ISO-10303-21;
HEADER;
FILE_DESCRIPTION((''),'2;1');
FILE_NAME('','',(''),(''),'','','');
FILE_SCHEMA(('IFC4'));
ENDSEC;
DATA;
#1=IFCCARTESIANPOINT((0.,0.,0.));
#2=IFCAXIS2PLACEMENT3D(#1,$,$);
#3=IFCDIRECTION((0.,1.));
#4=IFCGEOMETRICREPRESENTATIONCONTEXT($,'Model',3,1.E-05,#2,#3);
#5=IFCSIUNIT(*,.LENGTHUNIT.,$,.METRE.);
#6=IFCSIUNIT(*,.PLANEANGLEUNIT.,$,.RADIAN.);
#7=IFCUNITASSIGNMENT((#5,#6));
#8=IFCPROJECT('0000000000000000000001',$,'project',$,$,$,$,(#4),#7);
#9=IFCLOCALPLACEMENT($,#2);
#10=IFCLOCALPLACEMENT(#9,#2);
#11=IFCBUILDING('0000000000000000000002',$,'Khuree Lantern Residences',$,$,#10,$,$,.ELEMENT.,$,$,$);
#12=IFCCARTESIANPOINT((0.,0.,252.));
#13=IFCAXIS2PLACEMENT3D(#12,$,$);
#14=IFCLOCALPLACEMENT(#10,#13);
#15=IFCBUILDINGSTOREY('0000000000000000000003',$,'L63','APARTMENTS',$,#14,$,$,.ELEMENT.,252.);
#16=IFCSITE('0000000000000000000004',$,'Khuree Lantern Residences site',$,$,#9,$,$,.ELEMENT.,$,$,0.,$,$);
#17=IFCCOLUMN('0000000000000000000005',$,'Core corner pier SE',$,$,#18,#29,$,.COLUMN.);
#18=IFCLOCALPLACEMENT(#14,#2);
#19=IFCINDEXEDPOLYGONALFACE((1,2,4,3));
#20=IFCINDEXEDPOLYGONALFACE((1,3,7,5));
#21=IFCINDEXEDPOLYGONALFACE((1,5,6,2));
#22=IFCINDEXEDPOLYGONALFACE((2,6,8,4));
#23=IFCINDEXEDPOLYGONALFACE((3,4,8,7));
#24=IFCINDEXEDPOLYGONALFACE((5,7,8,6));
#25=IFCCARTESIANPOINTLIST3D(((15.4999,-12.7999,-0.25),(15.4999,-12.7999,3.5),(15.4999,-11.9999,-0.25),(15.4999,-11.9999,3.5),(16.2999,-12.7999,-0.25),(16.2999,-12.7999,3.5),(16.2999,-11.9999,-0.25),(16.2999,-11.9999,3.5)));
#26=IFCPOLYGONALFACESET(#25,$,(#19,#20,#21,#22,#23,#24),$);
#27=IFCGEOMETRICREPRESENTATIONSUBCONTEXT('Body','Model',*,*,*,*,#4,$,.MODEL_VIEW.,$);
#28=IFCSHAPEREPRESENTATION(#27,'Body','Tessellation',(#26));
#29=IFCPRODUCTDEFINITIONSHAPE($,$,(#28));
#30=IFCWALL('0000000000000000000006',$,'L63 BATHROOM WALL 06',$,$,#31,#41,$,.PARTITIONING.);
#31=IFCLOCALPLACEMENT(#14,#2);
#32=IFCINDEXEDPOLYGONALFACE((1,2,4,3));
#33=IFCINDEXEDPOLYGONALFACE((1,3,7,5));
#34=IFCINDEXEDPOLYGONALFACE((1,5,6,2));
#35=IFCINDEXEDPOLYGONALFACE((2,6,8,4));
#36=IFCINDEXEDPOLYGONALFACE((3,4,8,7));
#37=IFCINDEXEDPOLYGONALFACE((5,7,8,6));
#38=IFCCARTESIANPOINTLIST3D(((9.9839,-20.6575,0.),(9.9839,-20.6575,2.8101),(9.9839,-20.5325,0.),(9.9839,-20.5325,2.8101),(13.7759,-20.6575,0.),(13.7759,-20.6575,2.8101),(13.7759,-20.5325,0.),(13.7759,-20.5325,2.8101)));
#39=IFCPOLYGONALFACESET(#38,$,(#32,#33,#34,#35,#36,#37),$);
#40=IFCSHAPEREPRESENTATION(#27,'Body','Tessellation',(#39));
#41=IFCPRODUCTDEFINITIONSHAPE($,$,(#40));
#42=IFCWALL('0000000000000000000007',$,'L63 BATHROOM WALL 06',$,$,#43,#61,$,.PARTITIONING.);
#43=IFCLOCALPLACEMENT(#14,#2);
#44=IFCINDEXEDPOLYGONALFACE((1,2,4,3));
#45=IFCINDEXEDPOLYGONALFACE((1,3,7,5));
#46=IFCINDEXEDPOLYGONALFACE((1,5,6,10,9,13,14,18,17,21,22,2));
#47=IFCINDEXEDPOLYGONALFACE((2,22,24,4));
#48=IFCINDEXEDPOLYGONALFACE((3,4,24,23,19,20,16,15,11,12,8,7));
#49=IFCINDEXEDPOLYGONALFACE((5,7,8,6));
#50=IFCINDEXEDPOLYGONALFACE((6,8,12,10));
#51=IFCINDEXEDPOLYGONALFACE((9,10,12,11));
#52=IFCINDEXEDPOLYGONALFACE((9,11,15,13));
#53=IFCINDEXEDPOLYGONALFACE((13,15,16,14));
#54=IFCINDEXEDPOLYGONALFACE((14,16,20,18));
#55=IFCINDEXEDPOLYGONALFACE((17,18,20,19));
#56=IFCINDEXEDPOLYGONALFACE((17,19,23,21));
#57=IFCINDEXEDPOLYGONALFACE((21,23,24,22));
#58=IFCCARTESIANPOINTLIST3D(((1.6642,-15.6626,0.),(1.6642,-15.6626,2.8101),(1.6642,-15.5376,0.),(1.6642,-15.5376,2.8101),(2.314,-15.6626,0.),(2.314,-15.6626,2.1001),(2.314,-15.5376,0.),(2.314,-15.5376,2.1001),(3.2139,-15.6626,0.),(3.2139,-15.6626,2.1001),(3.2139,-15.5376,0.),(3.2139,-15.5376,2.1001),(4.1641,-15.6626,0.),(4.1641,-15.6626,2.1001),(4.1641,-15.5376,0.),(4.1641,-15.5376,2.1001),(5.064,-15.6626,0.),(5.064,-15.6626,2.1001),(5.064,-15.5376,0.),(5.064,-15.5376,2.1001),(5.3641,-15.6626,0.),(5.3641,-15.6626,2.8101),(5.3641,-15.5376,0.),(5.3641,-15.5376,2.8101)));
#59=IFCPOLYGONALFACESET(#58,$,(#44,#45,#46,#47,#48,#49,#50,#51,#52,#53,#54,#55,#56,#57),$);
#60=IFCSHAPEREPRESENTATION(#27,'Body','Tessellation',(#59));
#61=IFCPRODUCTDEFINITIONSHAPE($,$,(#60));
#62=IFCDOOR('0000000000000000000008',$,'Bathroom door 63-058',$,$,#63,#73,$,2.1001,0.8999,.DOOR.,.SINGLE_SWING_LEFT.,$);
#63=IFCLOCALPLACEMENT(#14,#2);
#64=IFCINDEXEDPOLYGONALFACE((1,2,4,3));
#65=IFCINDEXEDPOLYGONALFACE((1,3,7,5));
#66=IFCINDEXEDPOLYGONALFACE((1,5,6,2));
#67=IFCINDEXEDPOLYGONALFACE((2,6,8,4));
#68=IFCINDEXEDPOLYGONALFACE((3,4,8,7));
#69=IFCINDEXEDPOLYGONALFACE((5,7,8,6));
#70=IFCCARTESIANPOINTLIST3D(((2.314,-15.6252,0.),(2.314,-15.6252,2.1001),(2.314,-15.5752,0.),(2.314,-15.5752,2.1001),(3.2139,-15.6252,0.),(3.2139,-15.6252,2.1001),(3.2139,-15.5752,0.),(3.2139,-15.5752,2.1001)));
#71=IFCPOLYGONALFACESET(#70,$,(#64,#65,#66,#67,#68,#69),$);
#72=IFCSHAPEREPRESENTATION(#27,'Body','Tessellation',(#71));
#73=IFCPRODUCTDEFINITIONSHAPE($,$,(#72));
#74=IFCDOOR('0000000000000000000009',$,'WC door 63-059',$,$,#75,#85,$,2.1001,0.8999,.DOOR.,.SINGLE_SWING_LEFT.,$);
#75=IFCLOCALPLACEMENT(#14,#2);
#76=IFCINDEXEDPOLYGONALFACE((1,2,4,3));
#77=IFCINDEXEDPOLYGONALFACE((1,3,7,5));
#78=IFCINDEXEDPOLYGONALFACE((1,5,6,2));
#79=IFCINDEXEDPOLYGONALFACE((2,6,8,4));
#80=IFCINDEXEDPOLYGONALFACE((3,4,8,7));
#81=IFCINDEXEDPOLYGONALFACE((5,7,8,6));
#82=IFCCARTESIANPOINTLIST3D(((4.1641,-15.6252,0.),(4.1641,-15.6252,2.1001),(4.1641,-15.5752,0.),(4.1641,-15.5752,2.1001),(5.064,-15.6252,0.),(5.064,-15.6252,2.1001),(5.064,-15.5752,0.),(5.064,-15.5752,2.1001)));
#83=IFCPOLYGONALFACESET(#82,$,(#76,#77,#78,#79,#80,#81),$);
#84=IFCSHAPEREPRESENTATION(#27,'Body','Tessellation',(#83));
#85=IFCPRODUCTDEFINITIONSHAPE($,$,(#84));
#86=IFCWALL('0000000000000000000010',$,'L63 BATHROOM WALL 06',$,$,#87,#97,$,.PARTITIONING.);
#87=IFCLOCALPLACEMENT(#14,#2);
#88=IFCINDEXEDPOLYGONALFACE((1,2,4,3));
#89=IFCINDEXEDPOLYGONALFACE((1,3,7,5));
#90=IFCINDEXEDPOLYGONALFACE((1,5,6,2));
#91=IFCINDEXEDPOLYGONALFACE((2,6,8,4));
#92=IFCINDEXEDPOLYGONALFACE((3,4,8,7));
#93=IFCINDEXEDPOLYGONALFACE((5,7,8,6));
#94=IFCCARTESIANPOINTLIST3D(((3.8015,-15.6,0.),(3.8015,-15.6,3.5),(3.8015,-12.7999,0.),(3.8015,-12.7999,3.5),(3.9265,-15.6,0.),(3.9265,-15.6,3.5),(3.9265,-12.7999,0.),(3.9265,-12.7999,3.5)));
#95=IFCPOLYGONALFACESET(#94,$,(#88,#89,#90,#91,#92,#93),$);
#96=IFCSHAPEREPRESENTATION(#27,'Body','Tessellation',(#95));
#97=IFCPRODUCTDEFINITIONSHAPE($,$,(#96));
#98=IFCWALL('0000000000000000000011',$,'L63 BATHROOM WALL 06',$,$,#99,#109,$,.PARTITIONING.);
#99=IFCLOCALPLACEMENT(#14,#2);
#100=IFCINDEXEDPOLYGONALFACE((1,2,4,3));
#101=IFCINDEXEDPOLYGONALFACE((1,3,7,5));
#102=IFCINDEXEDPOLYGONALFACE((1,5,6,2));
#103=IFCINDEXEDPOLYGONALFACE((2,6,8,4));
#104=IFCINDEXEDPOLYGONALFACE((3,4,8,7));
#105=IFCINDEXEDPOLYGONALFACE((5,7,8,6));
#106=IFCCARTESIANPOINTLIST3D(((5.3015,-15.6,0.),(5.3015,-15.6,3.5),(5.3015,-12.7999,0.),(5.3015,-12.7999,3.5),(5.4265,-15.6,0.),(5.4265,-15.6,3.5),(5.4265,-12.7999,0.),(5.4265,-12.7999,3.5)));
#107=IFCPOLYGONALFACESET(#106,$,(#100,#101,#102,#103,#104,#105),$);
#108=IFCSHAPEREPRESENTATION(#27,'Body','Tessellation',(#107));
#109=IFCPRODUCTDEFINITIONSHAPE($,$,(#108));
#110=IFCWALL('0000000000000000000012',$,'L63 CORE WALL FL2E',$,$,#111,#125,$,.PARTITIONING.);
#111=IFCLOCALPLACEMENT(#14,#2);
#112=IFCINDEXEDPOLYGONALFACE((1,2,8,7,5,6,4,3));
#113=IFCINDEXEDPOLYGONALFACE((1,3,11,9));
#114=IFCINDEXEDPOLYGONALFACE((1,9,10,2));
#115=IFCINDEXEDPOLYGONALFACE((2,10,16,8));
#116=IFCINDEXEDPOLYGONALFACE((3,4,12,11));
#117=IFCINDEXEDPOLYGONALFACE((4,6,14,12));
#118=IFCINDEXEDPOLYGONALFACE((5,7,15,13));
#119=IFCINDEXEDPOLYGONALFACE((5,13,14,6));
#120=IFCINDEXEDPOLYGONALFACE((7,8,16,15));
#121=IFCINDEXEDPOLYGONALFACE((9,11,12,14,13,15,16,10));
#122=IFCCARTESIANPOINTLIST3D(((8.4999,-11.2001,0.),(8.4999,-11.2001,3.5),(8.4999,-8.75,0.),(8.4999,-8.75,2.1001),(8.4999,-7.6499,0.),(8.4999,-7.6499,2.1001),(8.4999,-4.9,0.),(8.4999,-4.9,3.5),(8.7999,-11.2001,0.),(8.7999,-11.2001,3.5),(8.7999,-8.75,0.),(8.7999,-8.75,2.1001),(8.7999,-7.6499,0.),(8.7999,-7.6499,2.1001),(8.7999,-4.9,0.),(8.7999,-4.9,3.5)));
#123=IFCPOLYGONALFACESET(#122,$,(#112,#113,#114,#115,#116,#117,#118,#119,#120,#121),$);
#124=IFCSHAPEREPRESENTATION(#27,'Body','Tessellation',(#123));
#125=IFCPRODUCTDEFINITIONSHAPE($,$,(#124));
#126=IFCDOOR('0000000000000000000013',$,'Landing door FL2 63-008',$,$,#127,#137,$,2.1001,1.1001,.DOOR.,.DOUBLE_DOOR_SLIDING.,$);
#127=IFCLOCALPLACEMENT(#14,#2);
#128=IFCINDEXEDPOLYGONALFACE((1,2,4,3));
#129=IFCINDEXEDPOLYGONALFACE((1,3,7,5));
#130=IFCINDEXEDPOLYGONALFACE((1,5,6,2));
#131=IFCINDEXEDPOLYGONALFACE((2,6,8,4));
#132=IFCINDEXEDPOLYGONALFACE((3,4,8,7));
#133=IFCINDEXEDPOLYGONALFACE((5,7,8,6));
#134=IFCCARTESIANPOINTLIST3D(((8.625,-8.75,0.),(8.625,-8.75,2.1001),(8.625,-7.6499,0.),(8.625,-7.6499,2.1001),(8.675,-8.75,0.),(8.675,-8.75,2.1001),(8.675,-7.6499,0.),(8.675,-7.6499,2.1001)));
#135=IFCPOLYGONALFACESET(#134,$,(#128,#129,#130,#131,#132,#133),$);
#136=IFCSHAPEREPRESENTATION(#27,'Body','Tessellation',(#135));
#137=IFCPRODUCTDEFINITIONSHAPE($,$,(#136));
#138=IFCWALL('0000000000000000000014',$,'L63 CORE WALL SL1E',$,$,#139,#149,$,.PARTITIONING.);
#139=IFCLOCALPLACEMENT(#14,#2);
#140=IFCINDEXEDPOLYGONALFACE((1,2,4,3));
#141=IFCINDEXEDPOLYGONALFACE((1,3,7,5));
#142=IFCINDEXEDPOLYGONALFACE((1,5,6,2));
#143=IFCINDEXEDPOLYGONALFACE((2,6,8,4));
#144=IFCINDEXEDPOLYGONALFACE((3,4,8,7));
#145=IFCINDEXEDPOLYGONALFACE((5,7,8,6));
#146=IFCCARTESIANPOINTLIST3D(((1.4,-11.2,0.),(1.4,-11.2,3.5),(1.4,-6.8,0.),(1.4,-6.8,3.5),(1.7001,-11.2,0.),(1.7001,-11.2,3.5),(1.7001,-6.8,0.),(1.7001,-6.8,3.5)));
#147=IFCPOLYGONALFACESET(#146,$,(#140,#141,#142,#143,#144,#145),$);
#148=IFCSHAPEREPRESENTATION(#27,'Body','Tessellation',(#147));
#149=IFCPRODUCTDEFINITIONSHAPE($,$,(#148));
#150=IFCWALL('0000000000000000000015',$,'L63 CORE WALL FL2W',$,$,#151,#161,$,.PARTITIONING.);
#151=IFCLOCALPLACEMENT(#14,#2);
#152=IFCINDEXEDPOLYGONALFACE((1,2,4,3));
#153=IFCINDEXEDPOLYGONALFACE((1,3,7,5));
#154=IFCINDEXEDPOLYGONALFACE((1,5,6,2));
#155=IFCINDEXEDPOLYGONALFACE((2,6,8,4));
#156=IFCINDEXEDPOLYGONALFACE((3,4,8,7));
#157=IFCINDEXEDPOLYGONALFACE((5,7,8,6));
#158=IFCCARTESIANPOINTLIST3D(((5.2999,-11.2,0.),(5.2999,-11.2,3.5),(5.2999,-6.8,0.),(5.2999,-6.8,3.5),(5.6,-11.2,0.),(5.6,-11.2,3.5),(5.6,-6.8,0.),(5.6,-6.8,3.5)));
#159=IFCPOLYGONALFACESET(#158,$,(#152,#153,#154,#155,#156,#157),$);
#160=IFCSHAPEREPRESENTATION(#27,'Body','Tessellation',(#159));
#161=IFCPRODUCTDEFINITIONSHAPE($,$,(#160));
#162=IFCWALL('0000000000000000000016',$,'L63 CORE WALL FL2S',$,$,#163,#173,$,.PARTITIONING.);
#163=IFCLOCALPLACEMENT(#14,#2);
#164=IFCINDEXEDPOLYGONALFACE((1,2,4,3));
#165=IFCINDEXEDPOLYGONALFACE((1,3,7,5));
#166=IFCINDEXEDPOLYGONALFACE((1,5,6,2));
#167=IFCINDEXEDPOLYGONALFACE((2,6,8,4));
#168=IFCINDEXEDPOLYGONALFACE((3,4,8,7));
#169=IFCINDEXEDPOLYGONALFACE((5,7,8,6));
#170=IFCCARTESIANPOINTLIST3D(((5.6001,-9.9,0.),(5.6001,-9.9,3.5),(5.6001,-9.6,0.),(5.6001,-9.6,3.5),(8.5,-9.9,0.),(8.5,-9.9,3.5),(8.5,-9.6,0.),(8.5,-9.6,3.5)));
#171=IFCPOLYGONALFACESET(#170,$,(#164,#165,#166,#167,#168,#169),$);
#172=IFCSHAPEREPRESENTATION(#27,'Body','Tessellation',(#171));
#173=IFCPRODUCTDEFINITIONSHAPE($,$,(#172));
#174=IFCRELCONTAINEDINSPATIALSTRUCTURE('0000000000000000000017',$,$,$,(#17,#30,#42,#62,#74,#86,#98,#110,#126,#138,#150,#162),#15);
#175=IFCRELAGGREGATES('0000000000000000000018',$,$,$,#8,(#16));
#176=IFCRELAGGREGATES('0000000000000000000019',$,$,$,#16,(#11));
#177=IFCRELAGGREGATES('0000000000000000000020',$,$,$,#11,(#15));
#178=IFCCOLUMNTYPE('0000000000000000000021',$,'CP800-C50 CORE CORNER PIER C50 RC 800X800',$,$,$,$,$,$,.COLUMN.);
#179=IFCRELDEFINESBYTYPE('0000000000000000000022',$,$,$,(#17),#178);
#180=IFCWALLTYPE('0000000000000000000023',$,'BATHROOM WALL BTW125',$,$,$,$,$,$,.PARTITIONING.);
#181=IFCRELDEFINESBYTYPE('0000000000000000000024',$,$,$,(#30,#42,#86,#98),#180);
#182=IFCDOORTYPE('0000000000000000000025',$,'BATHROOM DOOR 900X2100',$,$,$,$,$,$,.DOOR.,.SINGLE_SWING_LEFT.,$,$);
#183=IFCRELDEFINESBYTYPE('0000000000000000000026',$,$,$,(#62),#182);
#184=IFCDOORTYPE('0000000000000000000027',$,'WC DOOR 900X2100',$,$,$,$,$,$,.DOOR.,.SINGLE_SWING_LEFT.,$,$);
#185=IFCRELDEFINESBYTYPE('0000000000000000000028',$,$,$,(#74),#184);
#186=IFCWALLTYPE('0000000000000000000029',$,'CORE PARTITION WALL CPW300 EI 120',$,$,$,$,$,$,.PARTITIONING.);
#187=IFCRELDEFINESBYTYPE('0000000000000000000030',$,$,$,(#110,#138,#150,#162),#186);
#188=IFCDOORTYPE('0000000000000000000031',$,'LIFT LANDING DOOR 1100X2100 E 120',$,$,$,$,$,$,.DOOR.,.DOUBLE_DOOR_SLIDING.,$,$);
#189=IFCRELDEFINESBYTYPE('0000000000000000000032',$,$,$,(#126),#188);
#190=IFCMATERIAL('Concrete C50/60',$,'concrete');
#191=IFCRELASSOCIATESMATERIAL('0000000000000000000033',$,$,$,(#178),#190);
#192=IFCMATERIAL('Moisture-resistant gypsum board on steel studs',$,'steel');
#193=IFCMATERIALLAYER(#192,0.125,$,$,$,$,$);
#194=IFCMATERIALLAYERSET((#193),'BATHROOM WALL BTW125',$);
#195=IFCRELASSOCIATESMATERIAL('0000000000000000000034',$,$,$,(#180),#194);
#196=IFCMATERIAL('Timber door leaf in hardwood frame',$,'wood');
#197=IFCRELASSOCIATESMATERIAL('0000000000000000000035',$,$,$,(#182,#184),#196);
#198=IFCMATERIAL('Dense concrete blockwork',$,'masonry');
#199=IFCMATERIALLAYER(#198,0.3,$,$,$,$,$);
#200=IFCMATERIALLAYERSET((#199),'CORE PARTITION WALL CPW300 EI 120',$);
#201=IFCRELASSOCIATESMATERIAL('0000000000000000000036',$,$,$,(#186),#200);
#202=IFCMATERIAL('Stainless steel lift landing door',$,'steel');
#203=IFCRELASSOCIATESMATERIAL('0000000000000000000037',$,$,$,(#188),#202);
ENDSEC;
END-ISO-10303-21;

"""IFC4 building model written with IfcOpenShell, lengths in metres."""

from ifc_helpers import new_model, si_unit, direction, frame, frame_2d, origin, origin_2d, place, context, subcontext, project, spatial, rectangle, extrude, material, layer, layer_set, material_profile, profile_set, type_object, element, fill, save


model = new_model("IFC4")

# Units and contexts
model_context = context("Model", 3, precision=1e-05, world=origin(), true_north=direction((0.0, 1.0)))
body_context = subcontext(model_context, "Body", "Model", "MODEL_VIEW")
ifc_project = project(units=[si_unit("LENGTHUNIT", "METRE"), si_unit("PLANEANGLEUNIT", "RADIAN")], contexts=[model_context])

# Site, building, storey
site_placement = place(None, origin())
site = spatial("IfcSite", under=ifc_project, at=site_placement, Name="Khuree Lantern Residences site", CompositionType="ELEMENT", RefElevation=0.0)
building_placement = place(site_placement, origin())
building = spatial("IfcBuilding", under=site, at=building_placement, Name="Khuree Lantern Residences", CompositionType="ELEMENT")
storey_placement = place(building_placement, frame((0.0, 0.0, 252.0)))
storey = spatial("IfcBuildingStorey", under=building, at=storey_placement, Name="L63", Description="APARTMENTS", CompositionType="ELEMENT", Elevation=252.0)

# Column
ifc_material_1 = material(Name="Concrete C50/60", Category="concrete")
ifc_material_profile = material_profile(ifc_material_1, rectangle(XDim=0.8, YDim=0.8, at=origin_2d()), Name="RC 800X800")
ifc_profile_set = profile_set([ifc_material_profile], Name="Concrete C50/60")
column_type = type_object("IfcColumnType", Name="CP800-C50 CORE CORNER PIER C50 RC 800X800", PredefinedType="COLUMN", material=ifc_profile_set)
column_placement = place(storey_placement, frame((15.8999, -12.3999, -0.25), z_axis=(0.0, 0.0, 1.0), x_axis=(1.0, 0.0, 0.0)))
element("IfcColumn", 1, at=column_placement, inside=storey, type_object=column_type, Name="Core corner pier SE", PredefinedType="COLUMN", context=body_context, shape_type="SweptSolid", body=[
    extrude(rectangle(XDim=0.8, YDim=0.8, at=origin_2d()), origin(), (0.0, 0.0, 1.0), 3.75),
])

# Wall
ifc_material_2 = material(Name="Moisture-resistant gypsum board on steel studs", Category="steel")
ifc_layer_1 = layer(ifc_material_2, 0.125)
ifc_layer_set_1 = layer_set([ifc_layer_1], Name="BATHROOM WALL BTW125")
wall_type_1 = type_object("IfcWallType", Name="BATHROOM WALL BTW125", PredefinedType="PARTITIONING", material=ifc_layer_set_1)
wall_1_placement = place(storey_placement, frame((9.9839, -20.595, 0.0), z_axis=(0.0, 0.0, 1.0), x_axis=(1.0, 0.0, 0.0)))
element("IfcWall", 2, at=wall_1_placement, inside=storey, type_object=wall_type_1, Name="L63 BATHROOM WALL 06", PredefinedType="PARTITIONING", context=body_context, shape_type="SweptSolid", body=[
    extrude(rectangle(XDim=3.792, YDim=0.125, at=frame_2d((1.896, 0.0))), origin(), (0.0, 0.0, 1.0), 2.8101),
])

# Wall, openings, doors
wall_2_placement = place(storey_placement, frame((1.6641, -15.6001, 0.0), z_axis=(0.0, 0.0, 1.0), x_axis=(1.0, 0.0, 0.0)))
wall_2 = element("IfcWall", 3, at=wall_2_placement, inside=storey, type_object=wall_type_1, Name="L63 BATHROOM WALL 06", PredefinedType="PARTITIONING", context=body_context, shape_type="SweptSolid", body=[
    extrude(rectangle(XDim=3.7, YDim=0.125, at=frame_2d((1.8501, 0.0))), origin(), (0.0, 0.0, 1.0), 2.8101),
])
opening_1_placement = place(wall_2_placement, frame((0.6499, 0.0, 0.0)))
opening_1 = element("IfcOpeningElement", 4, at=opening_1_placement, cuts=wall_2, PredefinedType="OPENING", context=body_context, shape_type="SweptSolid", body=[
    extrude(rectangle(XDim=0.8999, YDim=2.1001, at=frame_2d((0.45, 1.05))), frame((0.0, 0.0725, 0.0), z_axis=(0.0, -1.0, 0.0), x_axis=(1.0, 0.0, 0.0)), (0.0, 0.0, 1.0), 0.145),
])
opening_2_placement = place(wall_2_placement, frame((2.5, 0.0, 0.0)))
opening_2 = element("IfcOpeningElement", 5, at=opening_2_placement, cuts=wall_2, PredefinedType="OPENING", context=body_context, shape_type="SweptSolid", body=[
    extrude(rectangle(XDim=0.8999, YDim=2.1001, at=frame_2d((0.45, 1.05))), frame((0.0, 0.0725, 0.0), z_axis=(0.0, -1.0, 0.0), x_axis=(1.0, 0.0, 0.0)), (0.0, 0.0, 1.0), 0.145),
])
ifc_material_3 = material(Name="Timber door leaf in hardwood frame", Category="wood")
door_type_1 = type_object("IfcDoorType", Name="BATHROOM DOOR 900X2100", OperationType="SINGLE_SWING_LEFT", PredefinedType="DOOR", material=ifc_material_3)
door_1_placement = place(opening_1_placement, origin())
door_1 = element("IfcDoor", 6, at=door_1_placement, inside=storey, type_object=door_type_1, Name="Bathroom door 63-058", OperationType="SINGLE_SWING_LEFT", OverallHeight=2.1001, OverallWidth=0.8999, PredefinedType="DOOR", context=body_context, shape_type="SweptSolid", body=[
    extrude(rectangle(XDim=0.8999, YDim=2.1001, at=frame_2d((0.45, 1.05))), frame((0.0, 0.0249, 0.0), z_axis=(0.0, -1.0, 0.0), x_axis=(1.0, 0.0, 0.0)), (0.0, 0.0, 1.0), 0.05),
])
fill(opening_1, door_1)
door_type_2 = type_object("IfcDoorType", Name="WC DOOR 900X2100", OperationType="SINGLE_SWING_LEFT", PredefinedType="DOOR", material=ifc_material_3)
door_2_placement = place(opening_2_placement, origin())
door_2 = element("IfcDoor", 7, at=door_2_placement, inside=storey, type_object=door_type_2, Name="WC door 63-059", OperationType="SINGLE_SWING_LEFT", OverallHeight=2.1001, OverallWidth=0.8999, PredefinedType="DOOR", context=body_context, shape_type="SweptSolid", body=[
    extrude(rectangle(XDim=0.8999, YDim=2.1001, at=frame_2d((0.45, 1.05))), frame((0.0, 0.0249, 0.0), z_axis=(0.0, -1.0, 0.0), x_axis=(1.0, 0.0, 0.0)), (0.0, 0.0, 1.0), 0.05),
])
fill(opening_2, door_2)

# Walls
for number, where, z_axis, x_axis, name in (
    (8, (3.864, -12.8, 0.0), (0.0, 0.0, 1.0), (0.0, -1.0, 0.0), "L63 BATHROOM WALL 06"),
    (9, (5.364, -12.8, 0.0), (0.0, 0.0, 1.0), (0.0, -1.0, 0.0), "L63 BATHROOM WALL 06"),
):
    element("IfcWall", number, at=place(storey_placement, frame(where, z_axis=z_axis, x_axis=x_axis)), inside=storey, type_object=wall_type_1, Name=name, PredefinedType="PARTITIONING", context=body_context, shape_type="SweptSolid", body=[
        extrude(rectangle(XDim=2.8, YDim=0.125, at=frame_2d((1.3999, 0.0))), origin(), (0.0, 0.0, 1.0), 3.5),
    ])

# Wall, opening, door
ifc_material_4 = material(Name="Dense concrete blockwork", Category="masonry")
ifc_layer_2 = layer(ifc_material_4, 0.3)
ifc_layer_set_2 = layer_set([ifc_layer_2], Name="CORE PARTITION WALL CPW300 EI 120")
wall_type_2 = type_object("IfcWallType", Name="CORE PARTITION WALL CPW300 EI 120", PredefinedType="PARTITIONING", material=ifc_layer_set_2)
wall_3_placement = place(storey_placement, frame((8.6499, -11.2, 0.0), z_axis=(0.0, 0.0, 1.0), x_axis=(0.0, 1.0, 0.0)))
wall_3 = element("IfcWall", 10, at=wall_3_placement, inside=storey, type_object=wall_type_2, Name="L63 CORE WALL FL2E", PredefinedType="PARTITIONING", context=body_context, shape_type="SweptSolid", body=[
    extrude(rectangle(XDim=6.3, YDim=0.3, at=frame_2d((3.1499, 0.0))), origin(), (0.0, 0.0, 1.0), 3.5),
])
opening_3_placement = place(wall_3_placement, frame((2.45, 0.0, 0.0)))
opening_3 = element("IfcOpeningElement", 11, at=opening_3_placement, cuts=wall_3, PredefinedType="OPENING", context=body_context, shape_type="SweptSolid", body=[
    extrude(rectangle(XDim=1.1001, YDim=2.1001, at=frame_2d((0.55, 1.05))), frame((0.0, 0.1602, 0.0), z_axis=(0.0, -1.0, 0.0), x_axis=(1.0, 0.0, 0.0)), (0.0, 0.0, 1.0), 0.3201),
])
ifc_material_5 = material(Name="Stainless steel lift landing door", Category="steel")
door_type_3 = type_object("IfcDoorType", Name="LIFT LANDING DOOR 1100X2100 E 120", OperationType="DOUBLE_DOOR_SLIDING", PredefinedType="DOOR", material=ifc_material_5)
door_3_placement = place(opening_3_placement, origin())
door_3 = element("IfcDoor", 12, at=door_3_placement, inside=storey, type_object=door_type_3, Name="Landing door FL2 63-008", OperationType="DOUBLE_DOOR_SLIDING", OverallHeight=2.1001, OverallWidth=1.1001, PredefinedType="DOOR", context=body_context, shape_type="SweptSolid", body=[
    extrude(rectangle(XDim=1.1001, YDim=2.1001, at=frame_2d((0.55, 1.05))), frame((0.0, 0.0249, 0.0), z_axis=(0.0, -1.0, 0.0), x_axis=(1.0, 0.0, 0.0)), (0.0, 0.0, 1.0), 0.05),
])
fill(opening_3, door_3)

# Walls
for number, where, z_axis, x_axis, name in (
    (13, (1.55, -11.2, 0.0), (0.0, 0.0, 1.0), (0.0, 1.0, 0.0), "L63 CORE WALL SL1E"),
    (14, (5.45, -11.2, 0.0), (0.0, 0.0, 1.0), (0.0, 1.0, 0.0), "L63 CORE WALL FL2W"),
):
    element("IfcWall", number, at=place(storey_placement, frame(where, z_axis=z_axis, x_axis=x_axis)), inside=storey, type_object=wall_type_2, Name=name, PredefinedType="PARTITIONING", context=body_context, shape_type="SweptSolid", body=[
        extrude(rectangle(XDim=4.3999, YDim=0.3, at=frame_2d((2.2, 0.0))), origin(), (0.0, 0.0, 1.0), 3.5),
    ])
wall_4_placement = place(storey_placement, frame((5.6001, -9.75, 0.0), z_axis=(0.0, 0.0, 1.0), x_axis=(1.0, 0.0, 0.0)))
element("IfcWall", 15, at=wall_4_placement, inside=storey, type_object=wall_type_2, Name="L63 CORE WALL FL2S", PredefinedType="PARTITIONING", context=body_context, shape_type="SweptSolid", body=[
    extrude(rectangle(XDim=2.8999, YDim=0.3, at=frame_2d((1.45, 0.0))), origin(), (0.0, 0.0, 1.0), 3.5),
])

save(model, "model.ifc")
